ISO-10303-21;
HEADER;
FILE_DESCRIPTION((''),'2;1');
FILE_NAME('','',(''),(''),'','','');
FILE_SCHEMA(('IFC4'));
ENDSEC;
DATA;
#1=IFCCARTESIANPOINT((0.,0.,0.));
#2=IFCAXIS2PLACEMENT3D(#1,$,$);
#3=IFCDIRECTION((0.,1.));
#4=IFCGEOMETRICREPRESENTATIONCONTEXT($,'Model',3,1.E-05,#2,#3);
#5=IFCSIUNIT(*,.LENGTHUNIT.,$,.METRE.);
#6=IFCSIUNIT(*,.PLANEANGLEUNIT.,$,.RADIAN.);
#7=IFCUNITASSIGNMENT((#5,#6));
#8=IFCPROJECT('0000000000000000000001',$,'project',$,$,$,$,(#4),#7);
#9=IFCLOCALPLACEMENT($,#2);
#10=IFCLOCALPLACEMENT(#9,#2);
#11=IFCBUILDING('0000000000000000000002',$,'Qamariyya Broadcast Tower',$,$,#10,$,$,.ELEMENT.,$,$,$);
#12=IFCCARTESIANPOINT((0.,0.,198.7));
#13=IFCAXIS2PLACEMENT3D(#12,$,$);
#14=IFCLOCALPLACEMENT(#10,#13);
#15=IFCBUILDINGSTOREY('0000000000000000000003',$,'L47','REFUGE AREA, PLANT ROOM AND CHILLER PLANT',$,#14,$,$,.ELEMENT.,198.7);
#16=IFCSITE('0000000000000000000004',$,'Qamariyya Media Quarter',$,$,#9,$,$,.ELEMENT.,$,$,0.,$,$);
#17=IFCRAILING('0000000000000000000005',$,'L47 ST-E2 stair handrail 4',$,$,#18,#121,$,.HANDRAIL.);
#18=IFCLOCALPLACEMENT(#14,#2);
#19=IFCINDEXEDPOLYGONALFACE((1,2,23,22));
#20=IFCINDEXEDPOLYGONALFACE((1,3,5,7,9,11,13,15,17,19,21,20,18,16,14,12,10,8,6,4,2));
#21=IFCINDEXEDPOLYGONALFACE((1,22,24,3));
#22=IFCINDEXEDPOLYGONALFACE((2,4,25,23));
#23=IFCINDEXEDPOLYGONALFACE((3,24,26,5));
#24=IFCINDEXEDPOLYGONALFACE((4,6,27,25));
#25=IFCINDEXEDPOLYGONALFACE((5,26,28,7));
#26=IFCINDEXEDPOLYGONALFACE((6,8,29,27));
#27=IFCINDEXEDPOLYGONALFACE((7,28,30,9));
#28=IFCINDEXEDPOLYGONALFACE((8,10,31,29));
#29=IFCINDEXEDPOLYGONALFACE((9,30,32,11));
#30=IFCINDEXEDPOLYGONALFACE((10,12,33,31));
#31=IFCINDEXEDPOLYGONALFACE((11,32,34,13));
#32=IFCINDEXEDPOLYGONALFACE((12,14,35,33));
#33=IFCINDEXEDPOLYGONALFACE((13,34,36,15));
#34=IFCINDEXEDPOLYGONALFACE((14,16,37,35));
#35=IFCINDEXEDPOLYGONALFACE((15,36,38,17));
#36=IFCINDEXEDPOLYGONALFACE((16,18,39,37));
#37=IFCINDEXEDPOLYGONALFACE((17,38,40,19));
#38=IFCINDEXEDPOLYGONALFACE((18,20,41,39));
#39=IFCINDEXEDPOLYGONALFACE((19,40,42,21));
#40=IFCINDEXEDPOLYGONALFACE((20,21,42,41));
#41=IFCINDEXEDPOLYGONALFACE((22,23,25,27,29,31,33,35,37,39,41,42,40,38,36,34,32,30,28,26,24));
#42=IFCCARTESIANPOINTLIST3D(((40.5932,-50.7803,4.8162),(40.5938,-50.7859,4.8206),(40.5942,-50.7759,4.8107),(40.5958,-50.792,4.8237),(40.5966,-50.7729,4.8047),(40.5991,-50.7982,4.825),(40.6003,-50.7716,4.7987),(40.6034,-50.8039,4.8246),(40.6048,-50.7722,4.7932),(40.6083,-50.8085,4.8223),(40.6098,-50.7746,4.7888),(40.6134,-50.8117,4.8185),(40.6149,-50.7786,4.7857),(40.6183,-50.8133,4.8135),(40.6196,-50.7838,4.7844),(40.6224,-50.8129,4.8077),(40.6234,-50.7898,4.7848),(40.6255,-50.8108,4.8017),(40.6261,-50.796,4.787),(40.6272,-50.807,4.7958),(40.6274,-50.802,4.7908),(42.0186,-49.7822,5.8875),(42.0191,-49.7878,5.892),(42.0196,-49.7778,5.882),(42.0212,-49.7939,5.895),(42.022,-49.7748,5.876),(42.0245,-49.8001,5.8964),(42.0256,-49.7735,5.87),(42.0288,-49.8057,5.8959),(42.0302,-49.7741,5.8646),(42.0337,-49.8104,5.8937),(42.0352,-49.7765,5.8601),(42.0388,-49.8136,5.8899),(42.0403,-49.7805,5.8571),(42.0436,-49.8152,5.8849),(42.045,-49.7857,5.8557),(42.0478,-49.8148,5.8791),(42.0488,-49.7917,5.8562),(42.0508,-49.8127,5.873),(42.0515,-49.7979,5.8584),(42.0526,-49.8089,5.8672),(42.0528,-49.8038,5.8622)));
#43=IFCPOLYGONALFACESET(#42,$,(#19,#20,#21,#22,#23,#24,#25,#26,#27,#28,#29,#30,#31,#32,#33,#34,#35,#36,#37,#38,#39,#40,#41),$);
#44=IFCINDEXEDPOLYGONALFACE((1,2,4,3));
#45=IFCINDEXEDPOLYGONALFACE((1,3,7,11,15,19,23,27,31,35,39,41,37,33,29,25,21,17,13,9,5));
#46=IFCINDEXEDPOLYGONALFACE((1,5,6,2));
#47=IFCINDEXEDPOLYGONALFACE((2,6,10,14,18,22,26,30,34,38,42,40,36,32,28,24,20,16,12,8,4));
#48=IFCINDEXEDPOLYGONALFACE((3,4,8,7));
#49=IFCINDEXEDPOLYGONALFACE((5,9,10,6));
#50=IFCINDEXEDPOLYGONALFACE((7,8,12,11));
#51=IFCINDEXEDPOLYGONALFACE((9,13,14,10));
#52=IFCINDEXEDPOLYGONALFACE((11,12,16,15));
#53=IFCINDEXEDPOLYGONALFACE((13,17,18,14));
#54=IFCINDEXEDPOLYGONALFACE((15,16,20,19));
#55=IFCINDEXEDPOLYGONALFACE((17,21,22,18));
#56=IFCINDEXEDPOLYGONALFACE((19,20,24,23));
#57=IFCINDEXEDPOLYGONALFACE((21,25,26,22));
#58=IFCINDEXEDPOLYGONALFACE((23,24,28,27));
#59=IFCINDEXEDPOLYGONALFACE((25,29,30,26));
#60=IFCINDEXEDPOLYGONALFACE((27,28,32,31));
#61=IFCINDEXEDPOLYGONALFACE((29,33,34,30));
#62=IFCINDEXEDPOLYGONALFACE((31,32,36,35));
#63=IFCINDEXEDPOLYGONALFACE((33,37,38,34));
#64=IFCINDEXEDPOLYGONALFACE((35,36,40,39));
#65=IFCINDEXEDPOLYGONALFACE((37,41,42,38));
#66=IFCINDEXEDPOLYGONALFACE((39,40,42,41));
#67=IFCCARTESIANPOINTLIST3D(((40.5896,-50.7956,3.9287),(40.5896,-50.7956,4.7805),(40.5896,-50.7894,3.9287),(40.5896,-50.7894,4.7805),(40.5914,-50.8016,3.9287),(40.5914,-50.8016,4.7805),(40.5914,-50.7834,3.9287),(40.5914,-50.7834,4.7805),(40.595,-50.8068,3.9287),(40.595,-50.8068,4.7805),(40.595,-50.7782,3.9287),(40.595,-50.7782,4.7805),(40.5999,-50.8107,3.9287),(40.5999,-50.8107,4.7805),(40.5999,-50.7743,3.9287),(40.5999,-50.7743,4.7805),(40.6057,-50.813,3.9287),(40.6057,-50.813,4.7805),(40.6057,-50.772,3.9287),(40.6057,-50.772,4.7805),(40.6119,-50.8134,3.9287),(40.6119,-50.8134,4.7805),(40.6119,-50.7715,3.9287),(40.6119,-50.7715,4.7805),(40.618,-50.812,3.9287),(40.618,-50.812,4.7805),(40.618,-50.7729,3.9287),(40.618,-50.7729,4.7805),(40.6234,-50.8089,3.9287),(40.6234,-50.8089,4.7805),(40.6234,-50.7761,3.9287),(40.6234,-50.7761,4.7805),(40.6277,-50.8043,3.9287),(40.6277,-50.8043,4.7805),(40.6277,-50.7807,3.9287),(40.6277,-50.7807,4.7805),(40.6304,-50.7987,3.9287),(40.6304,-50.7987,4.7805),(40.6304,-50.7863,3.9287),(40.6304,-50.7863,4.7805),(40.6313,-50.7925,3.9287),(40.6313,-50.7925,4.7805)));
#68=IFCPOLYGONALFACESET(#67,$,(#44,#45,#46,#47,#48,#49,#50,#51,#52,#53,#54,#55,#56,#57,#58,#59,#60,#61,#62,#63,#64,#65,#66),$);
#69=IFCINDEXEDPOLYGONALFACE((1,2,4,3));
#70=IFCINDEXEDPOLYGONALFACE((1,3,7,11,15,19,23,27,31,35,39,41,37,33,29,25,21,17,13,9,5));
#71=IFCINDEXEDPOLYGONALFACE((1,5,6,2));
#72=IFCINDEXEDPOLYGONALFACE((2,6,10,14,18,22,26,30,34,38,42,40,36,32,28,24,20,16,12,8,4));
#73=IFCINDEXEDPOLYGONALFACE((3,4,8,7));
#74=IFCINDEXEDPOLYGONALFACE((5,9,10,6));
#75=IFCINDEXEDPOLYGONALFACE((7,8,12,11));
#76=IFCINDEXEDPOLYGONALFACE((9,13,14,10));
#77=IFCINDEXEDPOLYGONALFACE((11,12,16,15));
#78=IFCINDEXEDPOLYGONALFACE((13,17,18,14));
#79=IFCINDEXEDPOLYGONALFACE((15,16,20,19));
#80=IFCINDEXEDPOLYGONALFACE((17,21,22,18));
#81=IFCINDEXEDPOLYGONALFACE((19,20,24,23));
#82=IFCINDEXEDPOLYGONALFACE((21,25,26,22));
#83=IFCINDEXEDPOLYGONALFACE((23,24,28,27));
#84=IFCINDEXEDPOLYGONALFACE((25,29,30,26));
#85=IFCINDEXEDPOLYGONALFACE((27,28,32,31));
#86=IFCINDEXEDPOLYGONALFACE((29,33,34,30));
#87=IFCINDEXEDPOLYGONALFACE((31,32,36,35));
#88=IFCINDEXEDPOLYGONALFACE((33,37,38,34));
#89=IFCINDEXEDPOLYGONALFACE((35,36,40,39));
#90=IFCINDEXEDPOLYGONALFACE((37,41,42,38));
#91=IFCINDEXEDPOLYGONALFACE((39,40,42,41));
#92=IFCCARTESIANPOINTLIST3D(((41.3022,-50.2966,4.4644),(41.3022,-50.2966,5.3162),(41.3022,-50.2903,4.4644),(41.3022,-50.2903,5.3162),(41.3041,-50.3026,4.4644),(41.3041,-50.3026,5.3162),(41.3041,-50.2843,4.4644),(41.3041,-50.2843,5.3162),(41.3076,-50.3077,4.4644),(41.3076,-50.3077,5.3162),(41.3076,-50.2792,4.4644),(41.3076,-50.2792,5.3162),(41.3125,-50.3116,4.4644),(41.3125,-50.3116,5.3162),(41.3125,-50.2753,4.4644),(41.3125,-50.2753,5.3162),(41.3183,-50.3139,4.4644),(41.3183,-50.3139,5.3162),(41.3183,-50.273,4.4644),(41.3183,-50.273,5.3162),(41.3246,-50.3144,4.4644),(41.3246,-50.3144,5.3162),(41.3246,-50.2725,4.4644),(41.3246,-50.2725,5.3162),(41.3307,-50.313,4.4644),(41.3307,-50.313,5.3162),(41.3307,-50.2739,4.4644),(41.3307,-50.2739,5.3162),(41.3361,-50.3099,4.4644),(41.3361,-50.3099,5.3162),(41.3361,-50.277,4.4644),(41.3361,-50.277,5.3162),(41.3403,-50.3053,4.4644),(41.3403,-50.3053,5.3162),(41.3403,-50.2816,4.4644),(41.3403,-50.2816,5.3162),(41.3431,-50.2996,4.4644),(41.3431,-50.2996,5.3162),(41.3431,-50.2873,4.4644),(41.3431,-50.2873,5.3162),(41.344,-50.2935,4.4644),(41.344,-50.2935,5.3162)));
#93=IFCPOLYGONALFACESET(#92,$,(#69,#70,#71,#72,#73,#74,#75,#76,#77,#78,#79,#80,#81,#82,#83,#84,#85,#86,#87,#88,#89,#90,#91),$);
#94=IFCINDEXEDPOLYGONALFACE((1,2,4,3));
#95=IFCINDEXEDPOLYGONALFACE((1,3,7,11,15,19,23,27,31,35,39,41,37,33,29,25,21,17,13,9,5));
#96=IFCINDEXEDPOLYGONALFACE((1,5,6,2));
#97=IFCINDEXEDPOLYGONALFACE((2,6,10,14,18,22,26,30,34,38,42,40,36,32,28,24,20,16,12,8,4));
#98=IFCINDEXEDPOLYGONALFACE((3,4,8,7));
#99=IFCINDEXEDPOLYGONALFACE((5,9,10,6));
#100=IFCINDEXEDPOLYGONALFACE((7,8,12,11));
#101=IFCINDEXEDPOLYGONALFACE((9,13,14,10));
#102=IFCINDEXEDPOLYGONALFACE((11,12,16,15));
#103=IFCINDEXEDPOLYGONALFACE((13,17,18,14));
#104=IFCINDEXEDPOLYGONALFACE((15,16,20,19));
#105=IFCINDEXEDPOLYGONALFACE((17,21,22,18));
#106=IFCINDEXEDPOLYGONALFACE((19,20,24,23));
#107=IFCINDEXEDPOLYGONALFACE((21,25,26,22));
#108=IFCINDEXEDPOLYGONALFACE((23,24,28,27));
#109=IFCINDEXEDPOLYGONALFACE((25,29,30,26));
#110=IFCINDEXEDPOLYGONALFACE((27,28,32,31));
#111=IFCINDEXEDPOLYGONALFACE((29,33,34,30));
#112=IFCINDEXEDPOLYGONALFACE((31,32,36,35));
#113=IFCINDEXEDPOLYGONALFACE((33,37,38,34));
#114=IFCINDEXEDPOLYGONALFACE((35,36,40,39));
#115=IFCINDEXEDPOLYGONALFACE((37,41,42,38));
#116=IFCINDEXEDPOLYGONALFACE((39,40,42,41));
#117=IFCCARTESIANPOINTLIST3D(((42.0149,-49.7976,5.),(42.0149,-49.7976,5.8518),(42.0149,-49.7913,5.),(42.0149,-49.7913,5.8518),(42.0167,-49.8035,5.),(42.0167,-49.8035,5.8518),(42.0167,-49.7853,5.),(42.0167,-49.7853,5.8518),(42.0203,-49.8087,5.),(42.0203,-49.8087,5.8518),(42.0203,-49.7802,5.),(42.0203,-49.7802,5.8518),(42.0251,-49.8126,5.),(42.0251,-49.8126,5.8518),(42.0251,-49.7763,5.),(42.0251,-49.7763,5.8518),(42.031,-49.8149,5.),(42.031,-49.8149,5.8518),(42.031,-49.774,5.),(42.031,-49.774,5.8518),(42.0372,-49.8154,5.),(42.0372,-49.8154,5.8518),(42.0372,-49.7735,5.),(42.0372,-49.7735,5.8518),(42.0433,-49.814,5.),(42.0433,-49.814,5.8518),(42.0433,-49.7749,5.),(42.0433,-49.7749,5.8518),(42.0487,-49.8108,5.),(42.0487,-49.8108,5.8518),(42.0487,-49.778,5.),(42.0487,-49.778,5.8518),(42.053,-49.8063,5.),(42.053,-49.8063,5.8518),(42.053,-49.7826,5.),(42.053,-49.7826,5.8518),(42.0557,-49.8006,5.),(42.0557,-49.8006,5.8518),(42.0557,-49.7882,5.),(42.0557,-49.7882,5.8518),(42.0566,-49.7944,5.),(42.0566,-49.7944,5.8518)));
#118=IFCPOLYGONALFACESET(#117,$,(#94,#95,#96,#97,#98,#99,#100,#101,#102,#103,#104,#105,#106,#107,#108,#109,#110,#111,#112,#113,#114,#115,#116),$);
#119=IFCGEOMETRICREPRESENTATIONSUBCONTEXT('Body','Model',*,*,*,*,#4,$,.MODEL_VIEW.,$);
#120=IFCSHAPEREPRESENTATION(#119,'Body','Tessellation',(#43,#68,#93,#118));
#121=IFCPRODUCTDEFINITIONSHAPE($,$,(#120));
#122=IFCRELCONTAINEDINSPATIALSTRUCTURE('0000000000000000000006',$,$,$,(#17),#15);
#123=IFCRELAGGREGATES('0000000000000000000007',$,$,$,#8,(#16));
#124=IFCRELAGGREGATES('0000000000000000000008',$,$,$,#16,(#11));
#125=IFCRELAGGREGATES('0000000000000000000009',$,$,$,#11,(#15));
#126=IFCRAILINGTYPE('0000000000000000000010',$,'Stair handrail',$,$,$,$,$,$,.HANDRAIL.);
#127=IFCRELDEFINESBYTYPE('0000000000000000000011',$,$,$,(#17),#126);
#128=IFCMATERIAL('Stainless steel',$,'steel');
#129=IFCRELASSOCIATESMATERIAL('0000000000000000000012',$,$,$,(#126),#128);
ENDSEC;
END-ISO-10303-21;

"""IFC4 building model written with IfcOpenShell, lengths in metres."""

from ifc_helpers import new_model, si_unit, direction, frame, origin, origin_2d, place, context, subcontext, project, spatial, circle, extrude, material, type_object, element, save


model = new_model("IFC4")

# Units and contexts
model_context = context("Model", 3, precision=1e-05, world=origin(), true_north=direction((0.0, 1.0)))
body_context = subcontext(model_context, "Body", "Model", "MODEL_VIEW")
ifc_project = project(units=[si_unit("LENGTHUNIT", "METRE"), si_unit("PLANEANGLEUNIT", "RADIAN")], contexts=[model_context])

# Site, building, storey
site_placement = place(None, origin())
site = spatial("IfcSite", under=ifc_project, at=site_placement, Name="Qamariyya Media Quarter", CompositionType="ELEMENT", RefElevation=0.0)
building_placement = place(site_placement, origin())
building = spatial("IfcBuilding", under=site, at=building_placement, Name="Qamariyya Broadcast Tower", CompositionType="ELEMENT")
storey_placement = place(building_placement, frame((0.0, 0.0, 198.7)))
storey = spatial("IfcBuildingStorey", under=building, at=storey_placement, Name="L47", Description="REFUGE AREA, PLANT ROOM AND CHILLER PLANT", CompositionType="ELEMENT", Elevation=198.7)

# Railing
ifc_material_1 = material(Name="Stainless steel", Category="steel")
railing_type_1 = type_object("IfcRailingType", Name="Stair handrail", PredefinedType="HANDRAIL", material=ifc_material_1)
railing_1_placement = place(storey_placement, frame((40.6104, -50.7925, 3.9287)))
element("IfcRailing", 1, at=railing_1_placement, inside=storey, type_object=railing_type_1, Name="L47 ST-E2 stair handrail 4", PredefinedType="HANDRAIL", context=body_context, shape_type="SweptSolid", body=[
    extrude(circle(Radius=0.0239, at=origin_2d()), frame((0.0, 0.0, 0.876), z_axis=(0.697533, 0.48844, 0.524285), x_axis=(-0.573594, 0.81914, 0.0)), (0.0, 0.0, 1.0), 2.0435),
    extrude(circle(Radius=0.021, at=origin_2d()), origin(), (0.0, 0.0, 1.0), 0.8518),
    extrude(circle(Radius=0.021, at=origin_2d()), frame((0.7126, 0.499, 0.5356)), (0.0, 0.0, 1.0), 0.8518),
    extrude(circle(Radius=0.021, at=origin_2d()), frame((1.4253, 0.998, 1.0713)), (0.0, 0.0, 1.0), 0.8518),
])

save(model, "model.ifc")
